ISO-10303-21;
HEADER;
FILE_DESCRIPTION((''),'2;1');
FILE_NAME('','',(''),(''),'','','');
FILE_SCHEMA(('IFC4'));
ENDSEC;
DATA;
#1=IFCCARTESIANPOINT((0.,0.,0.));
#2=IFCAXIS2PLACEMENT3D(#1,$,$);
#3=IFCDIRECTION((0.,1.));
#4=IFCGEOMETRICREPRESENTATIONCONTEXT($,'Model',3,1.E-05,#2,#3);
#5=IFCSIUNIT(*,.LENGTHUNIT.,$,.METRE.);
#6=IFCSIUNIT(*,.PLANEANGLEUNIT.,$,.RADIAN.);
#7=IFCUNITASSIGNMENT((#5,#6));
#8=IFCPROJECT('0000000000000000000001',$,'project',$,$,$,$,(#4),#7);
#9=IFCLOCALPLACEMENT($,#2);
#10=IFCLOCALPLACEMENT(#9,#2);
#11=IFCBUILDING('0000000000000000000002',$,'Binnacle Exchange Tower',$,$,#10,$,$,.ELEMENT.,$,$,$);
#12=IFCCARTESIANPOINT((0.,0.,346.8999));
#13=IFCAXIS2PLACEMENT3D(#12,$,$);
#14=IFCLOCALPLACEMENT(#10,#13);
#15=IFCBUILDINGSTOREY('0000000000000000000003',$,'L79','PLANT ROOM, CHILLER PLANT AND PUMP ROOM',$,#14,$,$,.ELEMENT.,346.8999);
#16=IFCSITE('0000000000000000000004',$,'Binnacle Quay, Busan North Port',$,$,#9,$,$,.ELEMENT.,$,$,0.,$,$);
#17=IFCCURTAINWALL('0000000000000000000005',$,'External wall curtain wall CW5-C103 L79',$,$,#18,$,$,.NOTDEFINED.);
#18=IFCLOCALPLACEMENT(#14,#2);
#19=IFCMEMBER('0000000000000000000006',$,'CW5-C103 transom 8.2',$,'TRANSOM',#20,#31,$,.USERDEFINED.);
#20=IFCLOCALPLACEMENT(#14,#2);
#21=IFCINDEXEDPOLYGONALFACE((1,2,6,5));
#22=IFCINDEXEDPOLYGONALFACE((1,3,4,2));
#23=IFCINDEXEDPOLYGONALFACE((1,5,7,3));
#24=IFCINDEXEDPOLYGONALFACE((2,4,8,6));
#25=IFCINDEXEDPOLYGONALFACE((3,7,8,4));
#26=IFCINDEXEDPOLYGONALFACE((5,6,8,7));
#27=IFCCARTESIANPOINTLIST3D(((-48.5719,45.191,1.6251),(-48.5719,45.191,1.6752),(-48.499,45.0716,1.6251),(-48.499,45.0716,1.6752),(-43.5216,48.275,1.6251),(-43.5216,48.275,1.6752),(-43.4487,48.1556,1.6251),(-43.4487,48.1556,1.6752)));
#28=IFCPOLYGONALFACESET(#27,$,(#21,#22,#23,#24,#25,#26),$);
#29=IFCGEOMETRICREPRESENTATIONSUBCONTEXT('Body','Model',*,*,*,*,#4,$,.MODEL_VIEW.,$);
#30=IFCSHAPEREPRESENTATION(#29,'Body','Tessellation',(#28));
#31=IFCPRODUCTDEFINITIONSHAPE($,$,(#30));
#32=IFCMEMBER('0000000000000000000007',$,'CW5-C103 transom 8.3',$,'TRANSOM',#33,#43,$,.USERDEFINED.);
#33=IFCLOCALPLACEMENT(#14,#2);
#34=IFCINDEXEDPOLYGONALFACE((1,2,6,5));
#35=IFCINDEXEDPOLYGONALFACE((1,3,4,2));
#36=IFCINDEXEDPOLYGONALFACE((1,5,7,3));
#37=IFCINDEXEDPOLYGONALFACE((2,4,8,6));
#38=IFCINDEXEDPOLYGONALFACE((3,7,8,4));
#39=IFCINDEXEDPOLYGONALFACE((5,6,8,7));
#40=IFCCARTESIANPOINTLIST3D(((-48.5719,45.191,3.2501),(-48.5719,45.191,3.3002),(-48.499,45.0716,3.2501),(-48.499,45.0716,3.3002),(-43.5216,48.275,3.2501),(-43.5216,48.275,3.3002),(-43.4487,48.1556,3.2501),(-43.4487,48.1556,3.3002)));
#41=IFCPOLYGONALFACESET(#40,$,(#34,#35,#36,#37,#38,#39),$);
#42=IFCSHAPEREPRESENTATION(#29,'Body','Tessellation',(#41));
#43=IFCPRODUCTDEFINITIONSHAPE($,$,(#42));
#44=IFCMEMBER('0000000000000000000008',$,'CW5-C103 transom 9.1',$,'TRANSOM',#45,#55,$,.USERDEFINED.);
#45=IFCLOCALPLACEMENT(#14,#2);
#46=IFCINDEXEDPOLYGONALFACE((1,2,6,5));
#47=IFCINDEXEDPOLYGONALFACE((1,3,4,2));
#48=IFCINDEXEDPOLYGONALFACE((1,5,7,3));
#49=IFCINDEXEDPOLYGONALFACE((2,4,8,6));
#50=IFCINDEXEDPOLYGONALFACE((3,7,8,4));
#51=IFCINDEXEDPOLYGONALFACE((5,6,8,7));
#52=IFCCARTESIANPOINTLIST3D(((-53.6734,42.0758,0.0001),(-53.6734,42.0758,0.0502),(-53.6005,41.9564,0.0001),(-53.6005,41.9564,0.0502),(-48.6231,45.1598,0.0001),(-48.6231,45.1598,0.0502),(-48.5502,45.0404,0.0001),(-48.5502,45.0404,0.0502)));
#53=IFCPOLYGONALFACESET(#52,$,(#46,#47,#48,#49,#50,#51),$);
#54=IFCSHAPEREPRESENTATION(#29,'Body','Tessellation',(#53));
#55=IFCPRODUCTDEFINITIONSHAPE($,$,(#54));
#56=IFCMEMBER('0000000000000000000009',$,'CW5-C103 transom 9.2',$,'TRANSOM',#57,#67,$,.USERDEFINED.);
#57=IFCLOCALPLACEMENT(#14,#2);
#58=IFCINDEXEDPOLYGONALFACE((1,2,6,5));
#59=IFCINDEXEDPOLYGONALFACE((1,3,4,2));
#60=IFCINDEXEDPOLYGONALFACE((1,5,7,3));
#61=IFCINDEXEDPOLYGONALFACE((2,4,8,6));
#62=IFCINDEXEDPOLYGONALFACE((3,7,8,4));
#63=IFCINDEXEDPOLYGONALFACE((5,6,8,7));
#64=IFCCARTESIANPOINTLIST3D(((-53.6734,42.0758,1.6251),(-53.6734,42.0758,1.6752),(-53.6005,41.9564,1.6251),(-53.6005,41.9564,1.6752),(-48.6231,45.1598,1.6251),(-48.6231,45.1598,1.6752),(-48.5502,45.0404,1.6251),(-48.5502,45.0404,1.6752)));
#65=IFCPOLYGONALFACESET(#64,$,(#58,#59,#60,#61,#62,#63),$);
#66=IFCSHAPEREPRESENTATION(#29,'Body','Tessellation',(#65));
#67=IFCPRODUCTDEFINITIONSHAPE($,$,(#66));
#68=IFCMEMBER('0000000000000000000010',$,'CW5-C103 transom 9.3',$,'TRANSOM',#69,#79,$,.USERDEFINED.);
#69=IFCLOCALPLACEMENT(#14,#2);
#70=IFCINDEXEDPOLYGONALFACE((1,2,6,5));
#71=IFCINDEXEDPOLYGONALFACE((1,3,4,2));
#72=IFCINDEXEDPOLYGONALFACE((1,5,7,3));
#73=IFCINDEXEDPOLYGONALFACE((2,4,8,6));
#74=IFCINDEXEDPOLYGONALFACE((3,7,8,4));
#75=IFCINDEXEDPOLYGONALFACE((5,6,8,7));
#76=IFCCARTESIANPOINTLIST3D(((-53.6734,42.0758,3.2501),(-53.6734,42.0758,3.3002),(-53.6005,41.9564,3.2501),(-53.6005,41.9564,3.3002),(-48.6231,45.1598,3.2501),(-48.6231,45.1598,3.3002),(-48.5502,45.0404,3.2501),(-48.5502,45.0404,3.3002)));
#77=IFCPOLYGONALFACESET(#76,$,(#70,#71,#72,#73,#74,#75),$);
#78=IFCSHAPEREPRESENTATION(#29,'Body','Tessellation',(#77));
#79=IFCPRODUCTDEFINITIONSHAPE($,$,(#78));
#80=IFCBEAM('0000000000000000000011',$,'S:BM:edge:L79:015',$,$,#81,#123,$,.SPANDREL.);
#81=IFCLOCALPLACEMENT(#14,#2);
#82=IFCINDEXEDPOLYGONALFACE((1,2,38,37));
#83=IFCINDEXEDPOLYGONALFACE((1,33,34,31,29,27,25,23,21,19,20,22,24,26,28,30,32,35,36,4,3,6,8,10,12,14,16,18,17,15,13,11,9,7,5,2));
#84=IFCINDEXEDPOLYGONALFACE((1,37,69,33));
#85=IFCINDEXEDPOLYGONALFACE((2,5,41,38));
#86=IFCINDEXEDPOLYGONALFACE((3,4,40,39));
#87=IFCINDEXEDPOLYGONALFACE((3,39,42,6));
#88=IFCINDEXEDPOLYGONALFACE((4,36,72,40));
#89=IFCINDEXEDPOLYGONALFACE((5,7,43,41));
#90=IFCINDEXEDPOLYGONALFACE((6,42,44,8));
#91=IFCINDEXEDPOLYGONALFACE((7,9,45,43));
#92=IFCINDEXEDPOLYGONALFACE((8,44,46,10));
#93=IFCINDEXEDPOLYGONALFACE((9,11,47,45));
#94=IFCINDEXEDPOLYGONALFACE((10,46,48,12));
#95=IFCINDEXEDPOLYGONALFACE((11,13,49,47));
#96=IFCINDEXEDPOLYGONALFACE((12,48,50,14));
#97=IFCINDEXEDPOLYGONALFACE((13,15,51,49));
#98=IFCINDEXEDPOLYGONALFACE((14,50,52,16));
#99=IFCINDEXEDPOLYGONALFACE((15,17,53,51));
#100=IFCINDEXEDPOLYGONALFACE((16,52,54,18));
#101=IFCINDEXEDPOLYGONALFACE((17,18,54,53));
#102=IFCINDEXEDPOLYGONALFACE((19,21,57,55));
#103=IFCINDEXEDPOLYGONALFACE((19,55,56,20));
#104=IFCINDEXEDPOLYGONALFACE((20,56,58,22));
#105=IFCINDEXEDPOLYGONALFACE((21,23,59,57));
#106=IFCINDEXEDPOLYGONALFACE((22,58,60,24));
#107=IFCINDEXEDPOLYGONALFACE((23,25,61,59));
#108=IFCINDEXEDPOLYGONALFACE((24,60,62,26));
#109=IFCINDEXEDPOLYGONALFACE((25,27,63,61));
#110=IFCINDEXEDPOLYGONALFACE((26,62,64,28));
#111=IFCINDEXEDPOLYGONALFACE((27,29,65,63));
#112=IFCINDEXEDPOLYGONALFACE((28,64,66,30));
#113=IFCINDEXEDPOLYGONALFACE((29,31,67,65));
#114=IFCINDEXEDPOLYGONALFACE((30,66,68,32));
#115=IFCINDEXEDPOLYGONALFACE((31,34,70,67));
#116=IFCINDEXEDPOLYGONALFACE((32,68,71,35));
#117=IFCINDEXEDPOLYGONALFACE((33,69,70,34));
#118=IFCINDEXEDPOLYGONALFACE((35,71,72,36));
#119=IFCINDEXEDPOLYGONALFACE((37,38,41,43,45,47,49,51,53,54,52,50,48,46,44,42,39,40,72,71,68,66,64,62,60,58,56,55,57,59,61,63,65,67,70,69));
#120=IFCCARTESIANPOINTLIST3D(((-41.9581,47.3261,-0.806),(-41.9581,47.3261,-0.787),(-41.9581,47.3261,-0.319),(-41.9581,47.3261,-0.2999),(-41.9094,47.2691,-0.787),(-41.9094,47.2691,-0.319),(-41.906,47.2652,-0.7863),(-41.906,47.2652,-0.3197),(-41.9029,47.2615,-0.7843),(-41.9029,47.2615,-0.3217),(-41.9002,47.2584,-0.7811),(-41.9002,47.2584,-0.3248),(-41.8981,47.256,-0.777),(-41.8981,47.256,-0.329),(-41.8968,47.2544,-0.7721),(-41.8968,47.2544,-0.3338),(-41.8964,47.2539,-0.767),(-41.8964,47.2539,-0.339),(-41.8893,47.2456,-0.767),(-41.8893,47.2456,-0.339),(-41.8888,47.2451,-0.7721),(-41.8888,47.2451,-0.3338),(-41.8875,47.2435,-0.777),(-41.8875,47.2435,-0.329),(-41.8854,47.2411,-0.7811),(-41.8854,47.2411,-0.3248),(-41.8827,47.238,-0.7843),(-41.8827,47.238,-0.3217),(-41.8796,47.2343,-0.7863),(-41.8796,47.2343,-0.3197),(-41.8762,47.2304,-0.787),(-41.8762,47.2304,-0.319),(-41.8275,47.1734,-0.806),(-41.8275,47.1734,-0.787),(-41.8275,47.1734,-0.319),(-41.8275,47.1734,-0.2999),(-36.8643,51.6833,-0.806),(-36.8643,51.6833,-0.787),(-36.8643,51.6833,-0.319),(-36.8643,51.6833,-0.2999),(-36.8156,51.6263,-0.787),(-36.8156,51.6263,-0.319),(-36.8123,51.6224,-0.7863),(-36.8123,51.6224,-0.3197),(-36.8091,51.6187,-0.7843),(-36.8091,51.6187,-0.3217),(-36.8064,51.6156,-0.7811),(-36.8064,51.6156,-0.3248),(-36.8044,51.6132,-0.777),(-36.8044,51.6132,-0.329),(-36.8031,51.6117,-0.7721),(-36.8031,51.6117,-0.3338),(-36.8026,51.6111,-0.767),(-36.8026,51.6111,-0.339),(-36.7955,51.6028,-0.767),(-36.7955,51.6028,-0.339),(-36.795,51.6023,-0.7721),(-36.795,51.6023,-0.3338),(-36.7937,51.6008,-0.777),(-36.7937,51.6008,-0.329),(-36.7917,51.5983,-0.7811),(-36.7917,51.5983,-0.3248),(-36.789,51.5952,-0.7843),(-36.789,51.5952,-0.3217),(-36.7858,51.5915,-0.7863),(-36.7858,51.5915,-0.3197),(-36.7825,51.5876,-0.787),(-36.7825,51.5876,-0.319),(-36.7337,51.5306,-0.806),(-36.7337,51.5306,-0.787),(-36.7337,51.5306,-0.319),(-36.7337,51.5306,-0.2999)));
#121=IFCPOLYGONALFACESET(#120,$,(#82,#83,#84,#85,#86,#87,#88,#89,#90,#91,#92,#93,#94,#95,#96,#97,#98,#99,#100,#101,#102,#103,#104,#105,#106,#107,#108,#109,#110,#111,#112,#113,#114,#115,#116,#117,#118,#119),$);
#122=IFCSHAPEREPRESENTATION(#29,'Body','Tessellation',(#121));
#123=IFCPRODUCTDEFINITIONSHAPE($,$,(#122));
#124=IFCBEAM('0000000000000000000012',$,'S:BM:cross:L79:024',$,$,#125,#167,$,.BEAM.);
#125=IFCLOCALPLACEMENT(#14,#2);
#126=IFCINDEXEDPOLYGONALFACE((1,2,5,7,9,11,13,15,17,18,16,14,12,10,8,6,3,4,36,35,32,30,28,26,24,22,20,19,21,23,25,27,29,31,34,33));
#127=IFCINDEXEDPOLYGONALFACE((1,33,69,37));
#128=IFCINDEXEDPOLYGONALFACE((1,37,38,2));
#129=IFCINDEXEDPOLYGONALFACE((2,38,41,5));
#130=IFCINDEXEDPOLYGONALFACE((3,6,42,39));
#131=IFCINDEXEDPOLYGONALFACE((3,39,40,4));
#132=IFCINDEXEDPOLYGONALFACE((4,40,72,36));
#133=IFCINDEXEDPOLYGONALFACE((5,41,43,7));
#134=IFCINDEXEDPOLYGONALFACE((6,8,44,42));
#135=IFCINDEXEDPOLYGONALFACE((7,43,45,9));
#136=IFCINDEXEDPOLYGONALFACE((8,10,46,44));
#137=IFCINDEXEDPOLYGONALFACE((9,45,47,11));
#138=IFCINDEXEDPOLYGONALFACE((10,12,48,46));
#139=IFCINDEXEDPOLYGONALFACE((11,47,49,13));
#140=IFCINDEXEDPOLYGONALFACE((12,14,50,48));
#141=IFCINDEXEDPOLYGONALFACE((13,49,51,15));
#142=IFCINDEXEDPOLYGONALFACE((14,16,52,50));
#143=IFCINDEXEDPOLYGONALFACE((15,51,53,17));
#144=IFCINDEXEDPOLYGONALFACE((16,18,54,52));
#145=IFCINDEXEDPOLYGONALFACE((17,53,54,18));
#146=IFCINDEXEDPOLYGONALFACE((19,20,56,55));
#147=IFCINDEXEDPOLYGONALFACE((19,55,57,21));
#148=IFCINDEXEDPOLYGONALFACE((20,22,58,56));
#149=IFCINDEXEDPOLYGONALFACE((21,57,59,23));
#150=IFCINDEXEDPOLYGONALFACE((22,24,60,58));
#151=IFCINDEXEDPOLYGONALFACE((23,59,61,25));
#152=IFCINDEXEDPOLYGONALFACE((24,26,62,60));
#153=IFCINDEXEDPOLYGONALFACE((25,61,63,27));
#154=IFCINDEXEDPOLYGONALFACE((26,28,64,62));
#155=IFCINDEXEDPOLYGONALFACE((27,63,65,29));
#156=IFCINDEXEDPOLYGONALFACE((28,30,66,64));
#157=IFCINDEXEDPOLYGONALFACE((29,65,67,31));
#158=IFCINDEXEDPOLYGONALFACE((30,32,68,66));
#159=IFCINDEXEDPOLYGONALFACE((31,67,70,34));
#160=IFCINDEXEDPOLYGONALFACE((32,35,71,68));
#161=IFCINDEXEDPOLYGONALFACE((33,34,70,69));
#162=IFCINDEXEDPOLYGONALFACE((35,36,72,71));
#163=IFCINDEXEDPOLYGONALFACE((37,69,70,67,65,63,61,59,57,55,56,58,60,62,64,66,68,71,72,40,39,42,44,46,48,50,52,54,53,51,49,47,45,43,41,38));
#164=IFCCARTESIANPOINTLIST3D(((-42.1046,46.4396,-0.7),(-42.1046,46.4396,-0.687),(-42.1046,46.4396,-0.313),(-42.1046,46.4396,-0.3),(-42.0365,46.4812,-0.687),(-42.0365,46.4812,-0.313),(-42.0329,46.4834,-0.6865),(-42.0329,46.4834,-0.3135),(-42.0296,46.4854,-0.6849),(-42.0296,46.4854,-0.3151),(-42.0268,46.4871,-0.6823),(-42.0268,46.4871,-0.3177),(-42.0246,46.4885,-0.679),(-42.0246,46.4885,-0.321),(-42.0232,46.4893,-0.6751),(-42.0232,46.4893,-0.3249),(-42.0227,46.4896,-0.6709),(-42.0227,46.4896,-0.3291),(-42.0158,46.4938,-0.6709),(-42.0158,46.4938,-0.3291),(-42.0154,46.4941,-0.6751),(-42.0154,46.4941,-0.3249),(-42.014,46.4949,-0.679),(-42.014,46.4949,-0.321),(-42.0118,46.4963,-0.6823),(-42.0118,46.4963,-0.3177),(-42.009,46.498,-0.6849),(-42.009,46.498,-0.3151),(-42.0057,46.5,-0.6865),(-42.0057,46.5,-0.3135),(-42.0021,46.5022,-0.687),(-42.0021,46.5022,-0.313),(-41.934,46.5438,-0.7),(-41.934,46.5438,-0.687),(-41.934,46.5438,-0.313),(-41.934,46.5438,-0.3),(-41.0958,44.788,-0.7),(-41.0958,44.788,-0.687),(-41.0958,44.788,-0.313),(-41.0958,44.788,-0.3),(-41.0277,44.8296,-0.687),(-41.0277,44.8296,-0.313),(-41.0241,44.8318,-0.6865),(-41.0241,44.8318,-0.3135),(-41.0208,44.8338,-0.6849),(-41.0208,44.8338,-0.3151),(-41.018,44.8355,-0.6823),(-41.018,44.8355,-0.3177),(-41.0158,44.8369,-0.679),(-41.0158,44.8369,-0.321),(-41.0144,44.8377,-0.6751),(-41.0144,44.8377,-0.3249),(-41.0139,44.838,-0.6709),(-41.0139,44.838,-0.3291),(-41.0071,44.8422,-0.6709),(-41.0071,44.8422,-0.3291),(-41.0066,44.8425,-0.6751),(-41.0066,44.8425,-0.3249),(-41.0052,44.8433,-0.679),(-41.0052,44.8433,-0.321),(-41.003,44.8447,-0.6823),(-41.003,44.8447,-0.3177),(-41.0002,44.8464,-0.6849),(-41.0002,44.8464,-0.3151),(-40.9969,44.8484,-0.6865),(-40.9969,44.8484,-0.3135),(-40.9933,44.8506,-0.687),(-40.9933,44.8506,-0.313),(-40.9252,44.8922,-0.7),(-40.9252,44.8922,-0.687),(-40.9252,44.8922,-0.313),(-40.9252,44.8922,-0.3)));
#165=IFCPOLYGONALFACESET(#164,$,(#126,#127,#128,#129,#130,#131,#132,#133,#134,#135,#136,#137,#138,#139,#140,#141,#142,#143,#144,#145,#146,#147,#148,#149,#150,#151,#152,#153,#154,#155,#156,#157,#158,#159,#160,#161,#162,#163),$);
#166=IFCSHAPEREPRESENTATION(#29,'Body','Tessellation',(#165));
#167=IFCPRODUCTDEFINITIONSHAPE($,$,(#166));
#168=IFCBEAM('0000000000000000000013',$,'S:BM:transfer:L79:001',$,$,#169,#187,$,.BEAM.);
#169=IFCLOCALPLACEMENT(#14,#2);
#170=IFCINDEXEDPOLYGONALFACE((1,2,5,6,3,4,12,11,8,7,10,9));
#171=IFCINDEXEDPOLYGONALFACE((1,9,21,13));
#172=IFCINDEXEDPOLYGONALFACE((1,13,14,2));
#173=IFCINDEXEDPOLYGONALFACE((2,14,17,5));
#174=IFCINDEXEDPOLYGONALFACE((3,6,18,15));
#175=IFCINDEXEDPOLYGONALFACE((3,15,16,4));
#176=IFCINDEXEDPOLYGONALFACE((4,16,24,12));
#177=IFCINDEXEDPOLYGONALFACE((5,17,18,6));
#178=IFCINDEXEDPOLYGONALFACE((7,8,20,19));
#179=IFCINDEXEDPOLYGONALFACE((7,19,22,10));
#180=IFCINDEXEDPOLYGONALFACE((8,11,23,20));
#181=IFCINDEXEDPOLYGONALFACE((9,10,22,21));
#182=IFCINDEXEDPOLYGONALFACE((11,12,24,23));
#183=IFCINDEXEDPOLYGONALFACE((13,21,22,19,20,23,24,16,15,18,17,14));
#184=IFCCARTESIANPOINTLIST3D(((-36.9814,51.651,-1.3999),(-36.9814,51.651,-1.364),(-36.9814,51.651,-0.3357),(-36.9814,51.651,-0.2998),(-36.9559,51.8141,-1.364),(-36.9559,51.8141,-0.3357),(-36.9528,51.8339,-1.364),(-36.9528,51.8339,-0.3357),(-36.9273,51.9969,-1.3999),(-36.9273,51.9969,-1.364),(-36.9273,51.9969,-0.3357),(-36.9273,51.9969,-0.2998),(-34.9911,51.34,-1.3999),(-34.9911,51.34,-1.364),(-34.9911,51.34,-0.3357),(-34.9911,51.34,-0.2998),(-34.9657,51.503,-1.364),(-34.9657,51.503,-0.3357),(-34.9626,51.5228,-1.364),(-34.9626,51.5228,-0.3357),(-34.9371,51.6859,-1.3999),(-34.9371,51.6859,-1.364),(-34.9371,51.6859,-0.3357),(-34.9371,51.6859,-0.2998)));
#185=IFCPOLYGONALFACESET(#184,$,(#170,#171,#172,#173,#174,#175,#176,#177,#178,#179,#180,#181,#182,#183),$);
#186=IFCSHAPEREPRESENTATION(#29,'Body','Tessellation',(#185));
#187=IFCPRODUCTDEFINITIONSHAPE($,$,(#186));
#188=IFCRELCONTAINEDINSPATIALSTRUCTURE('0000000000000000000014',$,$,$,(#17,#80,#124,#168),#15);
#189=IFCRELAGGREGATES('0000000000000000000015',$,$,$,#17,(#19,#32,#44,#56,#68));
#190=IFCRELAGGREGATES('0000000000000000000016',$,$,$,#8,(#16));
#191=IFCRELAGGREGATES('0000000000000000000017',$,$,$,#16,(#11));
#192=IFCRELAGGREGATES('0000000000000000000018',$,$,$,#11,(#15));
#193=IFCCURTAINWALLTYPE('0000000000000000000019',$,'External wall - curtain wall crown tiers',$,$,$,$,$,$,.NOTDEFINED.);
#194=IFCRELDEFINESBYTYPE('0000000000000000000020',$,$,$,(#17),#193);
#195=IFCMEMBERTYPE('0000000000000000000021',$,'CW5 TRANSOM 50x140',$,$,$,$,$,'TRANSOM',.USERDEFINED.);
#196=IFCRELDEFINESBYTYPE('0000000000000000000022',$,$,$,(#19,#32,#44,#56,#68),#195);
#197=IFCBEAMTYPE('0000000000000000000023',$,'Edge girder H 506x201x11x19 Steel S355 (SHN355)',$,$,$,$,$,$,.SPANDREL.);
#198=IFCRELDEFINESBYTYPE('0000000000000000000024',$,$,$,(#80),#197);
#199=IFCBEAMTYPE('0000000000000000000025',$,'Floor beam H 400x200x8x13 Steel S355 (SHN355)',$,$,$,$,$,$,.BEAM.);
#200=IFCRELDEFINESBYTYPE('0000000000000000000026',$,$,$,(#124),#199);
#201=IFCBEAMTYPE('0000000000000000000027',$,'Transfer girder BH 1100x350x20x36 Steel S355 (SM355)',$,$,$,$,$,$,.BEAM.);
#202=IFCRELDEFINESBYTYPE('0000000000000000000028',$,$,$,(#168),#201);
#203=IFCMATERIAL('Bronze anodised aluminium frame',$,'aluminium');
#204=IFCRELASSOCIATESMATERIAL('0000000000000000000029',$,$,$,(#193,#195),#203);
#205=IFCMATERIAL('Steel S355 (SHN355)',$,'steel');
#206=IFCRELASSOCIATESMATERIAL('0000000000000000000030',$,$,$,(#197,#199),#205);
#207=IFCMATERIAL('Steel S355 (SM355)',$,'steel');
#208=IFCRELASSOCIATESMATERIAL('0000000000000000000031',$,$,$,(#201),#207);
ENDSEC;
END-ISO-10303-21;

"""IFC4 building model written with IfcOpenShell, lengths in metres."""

from ifc_helpers import new_model, si_unit, direction, frame, origin, origin_2d, place, context, subcontext, project, spatial, rectangle, i_section, extrude, material, material_profile, profile_set, type_object, element, aggregate, save


model = new_model("IFC4")

# Units and contexts
model_context = context("Model", 3, precision=1e-05, world=origin(), true_north=direction((0.0, 1.0)))
body_context = subcontext(model_context, "Body", "Model", "MODEL_VIEW")
ifc_project = project(units=[si_unit("LENGTHUNIT", "METRE"), si_unit("PLANEANGLEUNIT", "RADIAN")], contexts=[model_context])

# Site, building, storey
site_placement = place(None, origin())
site = spatial("IfcSite", under=ifc_project, at=site_placement, Name="Binnacle Quay, Busan North Port", CompositionType="ELEMENT", RefElevation=0.0)
building_placement = place(site_placement, origin())
building = spatial("IfcBuilding", under=site, at=building_placement, Name="Binnacle Exchange Tower", CompositionType="ELEMENT")
storey_placement = place(building_placement, frame((0.0, 0.0, 346.8999)))
storey = spatial("IfcBuildingStorey", under=building, at=storey_placement, Name="L79", Description="PLANT ROOM, CHILLER PLANT AND PUMP ROOM", CompositionType="ELEMENT", Elevation=346.8999)

# Shared definitions
ifc_material_1 = material(Name="Steel S355 (SHN355)", Category="steel")

# Curtain wall, members
ifc_material_2 = material(Name="Bronze anodised aluminium frame", Category="aluminium")
curtain_wall_type = type_object("IfcCurtainWallType", Name="External wall - curtain wall crown tiers", PredefinedType="NOTDEFINED", material=ifc_material_2)
curtain_wall_placement = place(storey_placement, origin())
curtain_wall = element("IfcCurtainWall", 1, at=curtain_wall_placement, inside=storey, type_object=curtain_wall_type, Name="External wall curtain wall CW5-C103 L79", PredefinedType="NOTDEFINED")
ifc_material_profile_1 = material_profile(ifc_material_2, rectangle(XDim=0.1399, YDim=0.05, at=origin_2d()), Name="AL 140x50")
ifc_profile_set_1 = profile_set([ifc_material_profile_1], Name="Bronze anodised aluminium frame")
member_type_1 = type_object("IfcMemberType", Name="CW5 TRANSOM 50x140", ElementType="TRANSOM", PredefinedType="USERDEFINED", material=ifc_profile_set_1)
member_1_placement = place(storey_placement, frame((-43.4851, 48.2153, 1.6501), z_axis=(-0.853455, -0.521166, 0.0), x_axis=(0.521166, -0.853455, 0.0)))
member_1 = element("IfcMember", 2, at=member_1_placement, type_object=member_type_1, Name="CW5-C103 transom 8.2", ObjectType="TRANSOM", PredefinedType="USERDEFINED", context=body_context, shape_type="SweptSolid", body=[
    extrude(rectangle(XDim=0.1399, YDim=0.05, at=origin_2d()), origin(), (0.0, 0.0, 1.0), 5.9175),
])
member_2_placement = place(storey_placement, frame((-43.4851, 48.2153, 3.2751), z_axis=(-0.853455, -0.521166, 0.0), x_axis=(0.521166, -0.853455, 0.0)))
member_2 = element("IfcMember", 3, at=member_2_placement, type_object=member_type_1, Name="CW5-C103 transom 8.3", ObjectType="TRANSOM", PredefinedType="USERDEFINED", context=body_context, shape_type="SweptSolid", body=[
    extrude(rectangle(XDim=0.1399, YDim=0.05, at=origin_2d()), origin(), (0.0, 0.0, 1.0), 5.9175),
])
member_3_placement = place(storey_placement, frame((-48.5867, 45.1001, 0.0251), z_axis=(-0.853455, -0.521166, 0.0), x_axis=(0.521166, -0.853455, 0.0)))
member_3 = element("IfcMember", 4, at=member_3_placement, type_object=member_type_1, Name="CW5-C103 transom 9.1", ObjectType="TRANSOM", PredefinedType="USERDEFINED", context=body_context, shape_type="SweptSolid", body=[
    extrude(rectangle(XDim=0.1399, YDim=0.05, at=origin_2d()), origin(), (0.0, 0.0, 1.0), 5.9175),
])
member_4_placement = place(storey_placement, frame((-48.5867, 45.1001, 1.6501), z_axis=(-0.853455, -0.521166, 0.0), x_axis=(0.521166, -0.853455, 0.0)))
member_4 = element("IfcMember", 5, at=member_4_placement, type_object=member_type_1, Name="CW5-C103 transom 9.2", ObjectType="TRANSOM", PredefinedType="USERDEFINED", context=body_context, shape_type="SweptSolid", body=[
    extrude(rectangle(XDim=0.1399, YDim=0.05, at=origin_2d()), origin(), (0.0, 0.0, 1.0), 5.9175),
])
member_5_placement = place(storey_placement, frame((-48.5867, 45.1001, 3.2751), z_axis=(-0.853455, -0.521166, 0.0), x_axis=(0.521166, -0.853455, 0.0)))
member_5 = element("IfcMember", 6, at=member_5_placement, type_object=member_type_1, Name="CW5-C103 transom 9.3", ObjectType="TRANSOM", PredefinedType="USERDEFINED", context=body_context, shape_type="SweptSolid", body=[
    extrude(rectangle(XDim=0.1399, YDim=0.05, at=origin_2d()), origin(), (0.0, 0.0, 1.0), 5.9175),
])

# Beams
ifc_material_profile_2 = material_profile(ifc_material_1, i_section(OverallWidth=0.2009, OverallDepth=0.5061, WebThickness=0.011, FlangeThickness=0.019, FilletRadius=0.02, at=origin_2d()), Name="H 506x201x11x19")
ifc_profile_set_2 = profile_set([ifc_material_profile_2], Name="Steel S355 (SHN355)")
beam_type_1 = type_object("IfcBeamType", Name="Edge girder H 506x201x11x19 Steel S355 (SHN355)", PredefinedType="SPANDREL", material=ifc_profile_set_2)
beam_1_placement = place(storey_placement, frame((-41.8928, 47.2498, -0.553), z_axis=(0.759912, 0.650026, 0.0), x_axis=(-0.650026, 0.759912, 0.0)))
element("IfcBeam", 7, at=beam_1_placement, inside=storey, type_object=beam_type_1, Name="S:BM:edge:L79:015", PredefinedType="SPANDREL", context=body_context, shape_type="SweptSolid", body=[
    extrude(i_section(OverallWidth=0.2009, OverallDepth=0.5061, WebThickness=0.011, FlangeThickness=0.019, FilletRadius=0.02, at=origin_2d()), origin(), (0.0, 0.0, 1.0), 6.7031),
])
ifc_material_profile_3 = material_profile(ifc_material_1, i_section(OverallWidth=0.2, OverallDepth=0.3999, WebThickness=0.0081, FlangeThickness=0.0129, FilletRadius=0.0161, at=origin_2d()), Name="H 400x200x8x13")
ifc_profile_set_3 = profile_set([ifc_material_profile_3], Name="Steel S355 (SHN355)")
beam_type_2 = type_object("IfcBeamType", Name="Floor beam H 400x200x8x13 Steel S355 (SHN355)", PredefinedType="BEAM", material=ifc_profile_set_3)
beam_2_placement = place(storey_placement, frame((-42.0193, 46.4917, -0.5), z_axis=(0.521251, -0.853403, 0.0), x_axis=(0.853403, 0.521251, 0.0)))
element("IfcBeam", 8, at=beam_2_placement, inside=storey, type_object=beam_type_2, Name="S:BM:cross:L79:024", PredefinedType="BEAM", context=body_context, shape_type="SweptSolid", body=[
    extrude(i_section(OverallWidth=0.2, OverallDepth=0.3999, WebThickness=0.0081, FlangeThickness=0.0129, FilletRadius=0.0161, at=origin_2d()), origin(), (0.0, 0.0, 1.0), 1.9353),
])
ifc_material_3 = material(Name="Steel S355 (SM355)", Category="steel")
ifc_material_profile_4 = material_profile(ifc_material_3, i_section(OverallWidth=0.3501, OverallDepth=1.1001, WebThickness=0.02, FlangeThickness=0.0359, at=origin_2d()), Name="BH 1100x350x20x36")
ifc_profile_set_4 = profile_set([ifc_material_profile_4], Name="Steel S355 (SM355)")
beam_type_3 = type_object("IfcBeamType", Name="Transfer girder BH 1100x350x20x36 Steel S355 (SM355)", PredefinedType="BEAM", material=ifc_profile_set_4)
beam_3_placement = place(storey_placement, frame((-34.9641, 51.5129, -0.8499), z_axis=(-0.988007, 0.154406, 0.0), x_axis=(-0.154406, -0.988007, 0.0)))
element("IfcBeam", 9, at=beam_3_placement, inside=storey, type_object=beam_type_3, Name="S:BM:transfer:L79:001", PredefinedType="BEAM", context=body_context, shape_type="SweptSolid", body=[
    extrude(i_section(OverallWidth=0.3501, OverallDepth=1.1001, WebThickness=0.02, FlangeThickness=0.0359, at=origin_2d()), origin(), (0.0, 0.0, 1.0), 2.0144),
])

aggregate(curtain_wall, [member_1, member_2, member_3, member_4, member_5])

save(model, "model.ifc")
